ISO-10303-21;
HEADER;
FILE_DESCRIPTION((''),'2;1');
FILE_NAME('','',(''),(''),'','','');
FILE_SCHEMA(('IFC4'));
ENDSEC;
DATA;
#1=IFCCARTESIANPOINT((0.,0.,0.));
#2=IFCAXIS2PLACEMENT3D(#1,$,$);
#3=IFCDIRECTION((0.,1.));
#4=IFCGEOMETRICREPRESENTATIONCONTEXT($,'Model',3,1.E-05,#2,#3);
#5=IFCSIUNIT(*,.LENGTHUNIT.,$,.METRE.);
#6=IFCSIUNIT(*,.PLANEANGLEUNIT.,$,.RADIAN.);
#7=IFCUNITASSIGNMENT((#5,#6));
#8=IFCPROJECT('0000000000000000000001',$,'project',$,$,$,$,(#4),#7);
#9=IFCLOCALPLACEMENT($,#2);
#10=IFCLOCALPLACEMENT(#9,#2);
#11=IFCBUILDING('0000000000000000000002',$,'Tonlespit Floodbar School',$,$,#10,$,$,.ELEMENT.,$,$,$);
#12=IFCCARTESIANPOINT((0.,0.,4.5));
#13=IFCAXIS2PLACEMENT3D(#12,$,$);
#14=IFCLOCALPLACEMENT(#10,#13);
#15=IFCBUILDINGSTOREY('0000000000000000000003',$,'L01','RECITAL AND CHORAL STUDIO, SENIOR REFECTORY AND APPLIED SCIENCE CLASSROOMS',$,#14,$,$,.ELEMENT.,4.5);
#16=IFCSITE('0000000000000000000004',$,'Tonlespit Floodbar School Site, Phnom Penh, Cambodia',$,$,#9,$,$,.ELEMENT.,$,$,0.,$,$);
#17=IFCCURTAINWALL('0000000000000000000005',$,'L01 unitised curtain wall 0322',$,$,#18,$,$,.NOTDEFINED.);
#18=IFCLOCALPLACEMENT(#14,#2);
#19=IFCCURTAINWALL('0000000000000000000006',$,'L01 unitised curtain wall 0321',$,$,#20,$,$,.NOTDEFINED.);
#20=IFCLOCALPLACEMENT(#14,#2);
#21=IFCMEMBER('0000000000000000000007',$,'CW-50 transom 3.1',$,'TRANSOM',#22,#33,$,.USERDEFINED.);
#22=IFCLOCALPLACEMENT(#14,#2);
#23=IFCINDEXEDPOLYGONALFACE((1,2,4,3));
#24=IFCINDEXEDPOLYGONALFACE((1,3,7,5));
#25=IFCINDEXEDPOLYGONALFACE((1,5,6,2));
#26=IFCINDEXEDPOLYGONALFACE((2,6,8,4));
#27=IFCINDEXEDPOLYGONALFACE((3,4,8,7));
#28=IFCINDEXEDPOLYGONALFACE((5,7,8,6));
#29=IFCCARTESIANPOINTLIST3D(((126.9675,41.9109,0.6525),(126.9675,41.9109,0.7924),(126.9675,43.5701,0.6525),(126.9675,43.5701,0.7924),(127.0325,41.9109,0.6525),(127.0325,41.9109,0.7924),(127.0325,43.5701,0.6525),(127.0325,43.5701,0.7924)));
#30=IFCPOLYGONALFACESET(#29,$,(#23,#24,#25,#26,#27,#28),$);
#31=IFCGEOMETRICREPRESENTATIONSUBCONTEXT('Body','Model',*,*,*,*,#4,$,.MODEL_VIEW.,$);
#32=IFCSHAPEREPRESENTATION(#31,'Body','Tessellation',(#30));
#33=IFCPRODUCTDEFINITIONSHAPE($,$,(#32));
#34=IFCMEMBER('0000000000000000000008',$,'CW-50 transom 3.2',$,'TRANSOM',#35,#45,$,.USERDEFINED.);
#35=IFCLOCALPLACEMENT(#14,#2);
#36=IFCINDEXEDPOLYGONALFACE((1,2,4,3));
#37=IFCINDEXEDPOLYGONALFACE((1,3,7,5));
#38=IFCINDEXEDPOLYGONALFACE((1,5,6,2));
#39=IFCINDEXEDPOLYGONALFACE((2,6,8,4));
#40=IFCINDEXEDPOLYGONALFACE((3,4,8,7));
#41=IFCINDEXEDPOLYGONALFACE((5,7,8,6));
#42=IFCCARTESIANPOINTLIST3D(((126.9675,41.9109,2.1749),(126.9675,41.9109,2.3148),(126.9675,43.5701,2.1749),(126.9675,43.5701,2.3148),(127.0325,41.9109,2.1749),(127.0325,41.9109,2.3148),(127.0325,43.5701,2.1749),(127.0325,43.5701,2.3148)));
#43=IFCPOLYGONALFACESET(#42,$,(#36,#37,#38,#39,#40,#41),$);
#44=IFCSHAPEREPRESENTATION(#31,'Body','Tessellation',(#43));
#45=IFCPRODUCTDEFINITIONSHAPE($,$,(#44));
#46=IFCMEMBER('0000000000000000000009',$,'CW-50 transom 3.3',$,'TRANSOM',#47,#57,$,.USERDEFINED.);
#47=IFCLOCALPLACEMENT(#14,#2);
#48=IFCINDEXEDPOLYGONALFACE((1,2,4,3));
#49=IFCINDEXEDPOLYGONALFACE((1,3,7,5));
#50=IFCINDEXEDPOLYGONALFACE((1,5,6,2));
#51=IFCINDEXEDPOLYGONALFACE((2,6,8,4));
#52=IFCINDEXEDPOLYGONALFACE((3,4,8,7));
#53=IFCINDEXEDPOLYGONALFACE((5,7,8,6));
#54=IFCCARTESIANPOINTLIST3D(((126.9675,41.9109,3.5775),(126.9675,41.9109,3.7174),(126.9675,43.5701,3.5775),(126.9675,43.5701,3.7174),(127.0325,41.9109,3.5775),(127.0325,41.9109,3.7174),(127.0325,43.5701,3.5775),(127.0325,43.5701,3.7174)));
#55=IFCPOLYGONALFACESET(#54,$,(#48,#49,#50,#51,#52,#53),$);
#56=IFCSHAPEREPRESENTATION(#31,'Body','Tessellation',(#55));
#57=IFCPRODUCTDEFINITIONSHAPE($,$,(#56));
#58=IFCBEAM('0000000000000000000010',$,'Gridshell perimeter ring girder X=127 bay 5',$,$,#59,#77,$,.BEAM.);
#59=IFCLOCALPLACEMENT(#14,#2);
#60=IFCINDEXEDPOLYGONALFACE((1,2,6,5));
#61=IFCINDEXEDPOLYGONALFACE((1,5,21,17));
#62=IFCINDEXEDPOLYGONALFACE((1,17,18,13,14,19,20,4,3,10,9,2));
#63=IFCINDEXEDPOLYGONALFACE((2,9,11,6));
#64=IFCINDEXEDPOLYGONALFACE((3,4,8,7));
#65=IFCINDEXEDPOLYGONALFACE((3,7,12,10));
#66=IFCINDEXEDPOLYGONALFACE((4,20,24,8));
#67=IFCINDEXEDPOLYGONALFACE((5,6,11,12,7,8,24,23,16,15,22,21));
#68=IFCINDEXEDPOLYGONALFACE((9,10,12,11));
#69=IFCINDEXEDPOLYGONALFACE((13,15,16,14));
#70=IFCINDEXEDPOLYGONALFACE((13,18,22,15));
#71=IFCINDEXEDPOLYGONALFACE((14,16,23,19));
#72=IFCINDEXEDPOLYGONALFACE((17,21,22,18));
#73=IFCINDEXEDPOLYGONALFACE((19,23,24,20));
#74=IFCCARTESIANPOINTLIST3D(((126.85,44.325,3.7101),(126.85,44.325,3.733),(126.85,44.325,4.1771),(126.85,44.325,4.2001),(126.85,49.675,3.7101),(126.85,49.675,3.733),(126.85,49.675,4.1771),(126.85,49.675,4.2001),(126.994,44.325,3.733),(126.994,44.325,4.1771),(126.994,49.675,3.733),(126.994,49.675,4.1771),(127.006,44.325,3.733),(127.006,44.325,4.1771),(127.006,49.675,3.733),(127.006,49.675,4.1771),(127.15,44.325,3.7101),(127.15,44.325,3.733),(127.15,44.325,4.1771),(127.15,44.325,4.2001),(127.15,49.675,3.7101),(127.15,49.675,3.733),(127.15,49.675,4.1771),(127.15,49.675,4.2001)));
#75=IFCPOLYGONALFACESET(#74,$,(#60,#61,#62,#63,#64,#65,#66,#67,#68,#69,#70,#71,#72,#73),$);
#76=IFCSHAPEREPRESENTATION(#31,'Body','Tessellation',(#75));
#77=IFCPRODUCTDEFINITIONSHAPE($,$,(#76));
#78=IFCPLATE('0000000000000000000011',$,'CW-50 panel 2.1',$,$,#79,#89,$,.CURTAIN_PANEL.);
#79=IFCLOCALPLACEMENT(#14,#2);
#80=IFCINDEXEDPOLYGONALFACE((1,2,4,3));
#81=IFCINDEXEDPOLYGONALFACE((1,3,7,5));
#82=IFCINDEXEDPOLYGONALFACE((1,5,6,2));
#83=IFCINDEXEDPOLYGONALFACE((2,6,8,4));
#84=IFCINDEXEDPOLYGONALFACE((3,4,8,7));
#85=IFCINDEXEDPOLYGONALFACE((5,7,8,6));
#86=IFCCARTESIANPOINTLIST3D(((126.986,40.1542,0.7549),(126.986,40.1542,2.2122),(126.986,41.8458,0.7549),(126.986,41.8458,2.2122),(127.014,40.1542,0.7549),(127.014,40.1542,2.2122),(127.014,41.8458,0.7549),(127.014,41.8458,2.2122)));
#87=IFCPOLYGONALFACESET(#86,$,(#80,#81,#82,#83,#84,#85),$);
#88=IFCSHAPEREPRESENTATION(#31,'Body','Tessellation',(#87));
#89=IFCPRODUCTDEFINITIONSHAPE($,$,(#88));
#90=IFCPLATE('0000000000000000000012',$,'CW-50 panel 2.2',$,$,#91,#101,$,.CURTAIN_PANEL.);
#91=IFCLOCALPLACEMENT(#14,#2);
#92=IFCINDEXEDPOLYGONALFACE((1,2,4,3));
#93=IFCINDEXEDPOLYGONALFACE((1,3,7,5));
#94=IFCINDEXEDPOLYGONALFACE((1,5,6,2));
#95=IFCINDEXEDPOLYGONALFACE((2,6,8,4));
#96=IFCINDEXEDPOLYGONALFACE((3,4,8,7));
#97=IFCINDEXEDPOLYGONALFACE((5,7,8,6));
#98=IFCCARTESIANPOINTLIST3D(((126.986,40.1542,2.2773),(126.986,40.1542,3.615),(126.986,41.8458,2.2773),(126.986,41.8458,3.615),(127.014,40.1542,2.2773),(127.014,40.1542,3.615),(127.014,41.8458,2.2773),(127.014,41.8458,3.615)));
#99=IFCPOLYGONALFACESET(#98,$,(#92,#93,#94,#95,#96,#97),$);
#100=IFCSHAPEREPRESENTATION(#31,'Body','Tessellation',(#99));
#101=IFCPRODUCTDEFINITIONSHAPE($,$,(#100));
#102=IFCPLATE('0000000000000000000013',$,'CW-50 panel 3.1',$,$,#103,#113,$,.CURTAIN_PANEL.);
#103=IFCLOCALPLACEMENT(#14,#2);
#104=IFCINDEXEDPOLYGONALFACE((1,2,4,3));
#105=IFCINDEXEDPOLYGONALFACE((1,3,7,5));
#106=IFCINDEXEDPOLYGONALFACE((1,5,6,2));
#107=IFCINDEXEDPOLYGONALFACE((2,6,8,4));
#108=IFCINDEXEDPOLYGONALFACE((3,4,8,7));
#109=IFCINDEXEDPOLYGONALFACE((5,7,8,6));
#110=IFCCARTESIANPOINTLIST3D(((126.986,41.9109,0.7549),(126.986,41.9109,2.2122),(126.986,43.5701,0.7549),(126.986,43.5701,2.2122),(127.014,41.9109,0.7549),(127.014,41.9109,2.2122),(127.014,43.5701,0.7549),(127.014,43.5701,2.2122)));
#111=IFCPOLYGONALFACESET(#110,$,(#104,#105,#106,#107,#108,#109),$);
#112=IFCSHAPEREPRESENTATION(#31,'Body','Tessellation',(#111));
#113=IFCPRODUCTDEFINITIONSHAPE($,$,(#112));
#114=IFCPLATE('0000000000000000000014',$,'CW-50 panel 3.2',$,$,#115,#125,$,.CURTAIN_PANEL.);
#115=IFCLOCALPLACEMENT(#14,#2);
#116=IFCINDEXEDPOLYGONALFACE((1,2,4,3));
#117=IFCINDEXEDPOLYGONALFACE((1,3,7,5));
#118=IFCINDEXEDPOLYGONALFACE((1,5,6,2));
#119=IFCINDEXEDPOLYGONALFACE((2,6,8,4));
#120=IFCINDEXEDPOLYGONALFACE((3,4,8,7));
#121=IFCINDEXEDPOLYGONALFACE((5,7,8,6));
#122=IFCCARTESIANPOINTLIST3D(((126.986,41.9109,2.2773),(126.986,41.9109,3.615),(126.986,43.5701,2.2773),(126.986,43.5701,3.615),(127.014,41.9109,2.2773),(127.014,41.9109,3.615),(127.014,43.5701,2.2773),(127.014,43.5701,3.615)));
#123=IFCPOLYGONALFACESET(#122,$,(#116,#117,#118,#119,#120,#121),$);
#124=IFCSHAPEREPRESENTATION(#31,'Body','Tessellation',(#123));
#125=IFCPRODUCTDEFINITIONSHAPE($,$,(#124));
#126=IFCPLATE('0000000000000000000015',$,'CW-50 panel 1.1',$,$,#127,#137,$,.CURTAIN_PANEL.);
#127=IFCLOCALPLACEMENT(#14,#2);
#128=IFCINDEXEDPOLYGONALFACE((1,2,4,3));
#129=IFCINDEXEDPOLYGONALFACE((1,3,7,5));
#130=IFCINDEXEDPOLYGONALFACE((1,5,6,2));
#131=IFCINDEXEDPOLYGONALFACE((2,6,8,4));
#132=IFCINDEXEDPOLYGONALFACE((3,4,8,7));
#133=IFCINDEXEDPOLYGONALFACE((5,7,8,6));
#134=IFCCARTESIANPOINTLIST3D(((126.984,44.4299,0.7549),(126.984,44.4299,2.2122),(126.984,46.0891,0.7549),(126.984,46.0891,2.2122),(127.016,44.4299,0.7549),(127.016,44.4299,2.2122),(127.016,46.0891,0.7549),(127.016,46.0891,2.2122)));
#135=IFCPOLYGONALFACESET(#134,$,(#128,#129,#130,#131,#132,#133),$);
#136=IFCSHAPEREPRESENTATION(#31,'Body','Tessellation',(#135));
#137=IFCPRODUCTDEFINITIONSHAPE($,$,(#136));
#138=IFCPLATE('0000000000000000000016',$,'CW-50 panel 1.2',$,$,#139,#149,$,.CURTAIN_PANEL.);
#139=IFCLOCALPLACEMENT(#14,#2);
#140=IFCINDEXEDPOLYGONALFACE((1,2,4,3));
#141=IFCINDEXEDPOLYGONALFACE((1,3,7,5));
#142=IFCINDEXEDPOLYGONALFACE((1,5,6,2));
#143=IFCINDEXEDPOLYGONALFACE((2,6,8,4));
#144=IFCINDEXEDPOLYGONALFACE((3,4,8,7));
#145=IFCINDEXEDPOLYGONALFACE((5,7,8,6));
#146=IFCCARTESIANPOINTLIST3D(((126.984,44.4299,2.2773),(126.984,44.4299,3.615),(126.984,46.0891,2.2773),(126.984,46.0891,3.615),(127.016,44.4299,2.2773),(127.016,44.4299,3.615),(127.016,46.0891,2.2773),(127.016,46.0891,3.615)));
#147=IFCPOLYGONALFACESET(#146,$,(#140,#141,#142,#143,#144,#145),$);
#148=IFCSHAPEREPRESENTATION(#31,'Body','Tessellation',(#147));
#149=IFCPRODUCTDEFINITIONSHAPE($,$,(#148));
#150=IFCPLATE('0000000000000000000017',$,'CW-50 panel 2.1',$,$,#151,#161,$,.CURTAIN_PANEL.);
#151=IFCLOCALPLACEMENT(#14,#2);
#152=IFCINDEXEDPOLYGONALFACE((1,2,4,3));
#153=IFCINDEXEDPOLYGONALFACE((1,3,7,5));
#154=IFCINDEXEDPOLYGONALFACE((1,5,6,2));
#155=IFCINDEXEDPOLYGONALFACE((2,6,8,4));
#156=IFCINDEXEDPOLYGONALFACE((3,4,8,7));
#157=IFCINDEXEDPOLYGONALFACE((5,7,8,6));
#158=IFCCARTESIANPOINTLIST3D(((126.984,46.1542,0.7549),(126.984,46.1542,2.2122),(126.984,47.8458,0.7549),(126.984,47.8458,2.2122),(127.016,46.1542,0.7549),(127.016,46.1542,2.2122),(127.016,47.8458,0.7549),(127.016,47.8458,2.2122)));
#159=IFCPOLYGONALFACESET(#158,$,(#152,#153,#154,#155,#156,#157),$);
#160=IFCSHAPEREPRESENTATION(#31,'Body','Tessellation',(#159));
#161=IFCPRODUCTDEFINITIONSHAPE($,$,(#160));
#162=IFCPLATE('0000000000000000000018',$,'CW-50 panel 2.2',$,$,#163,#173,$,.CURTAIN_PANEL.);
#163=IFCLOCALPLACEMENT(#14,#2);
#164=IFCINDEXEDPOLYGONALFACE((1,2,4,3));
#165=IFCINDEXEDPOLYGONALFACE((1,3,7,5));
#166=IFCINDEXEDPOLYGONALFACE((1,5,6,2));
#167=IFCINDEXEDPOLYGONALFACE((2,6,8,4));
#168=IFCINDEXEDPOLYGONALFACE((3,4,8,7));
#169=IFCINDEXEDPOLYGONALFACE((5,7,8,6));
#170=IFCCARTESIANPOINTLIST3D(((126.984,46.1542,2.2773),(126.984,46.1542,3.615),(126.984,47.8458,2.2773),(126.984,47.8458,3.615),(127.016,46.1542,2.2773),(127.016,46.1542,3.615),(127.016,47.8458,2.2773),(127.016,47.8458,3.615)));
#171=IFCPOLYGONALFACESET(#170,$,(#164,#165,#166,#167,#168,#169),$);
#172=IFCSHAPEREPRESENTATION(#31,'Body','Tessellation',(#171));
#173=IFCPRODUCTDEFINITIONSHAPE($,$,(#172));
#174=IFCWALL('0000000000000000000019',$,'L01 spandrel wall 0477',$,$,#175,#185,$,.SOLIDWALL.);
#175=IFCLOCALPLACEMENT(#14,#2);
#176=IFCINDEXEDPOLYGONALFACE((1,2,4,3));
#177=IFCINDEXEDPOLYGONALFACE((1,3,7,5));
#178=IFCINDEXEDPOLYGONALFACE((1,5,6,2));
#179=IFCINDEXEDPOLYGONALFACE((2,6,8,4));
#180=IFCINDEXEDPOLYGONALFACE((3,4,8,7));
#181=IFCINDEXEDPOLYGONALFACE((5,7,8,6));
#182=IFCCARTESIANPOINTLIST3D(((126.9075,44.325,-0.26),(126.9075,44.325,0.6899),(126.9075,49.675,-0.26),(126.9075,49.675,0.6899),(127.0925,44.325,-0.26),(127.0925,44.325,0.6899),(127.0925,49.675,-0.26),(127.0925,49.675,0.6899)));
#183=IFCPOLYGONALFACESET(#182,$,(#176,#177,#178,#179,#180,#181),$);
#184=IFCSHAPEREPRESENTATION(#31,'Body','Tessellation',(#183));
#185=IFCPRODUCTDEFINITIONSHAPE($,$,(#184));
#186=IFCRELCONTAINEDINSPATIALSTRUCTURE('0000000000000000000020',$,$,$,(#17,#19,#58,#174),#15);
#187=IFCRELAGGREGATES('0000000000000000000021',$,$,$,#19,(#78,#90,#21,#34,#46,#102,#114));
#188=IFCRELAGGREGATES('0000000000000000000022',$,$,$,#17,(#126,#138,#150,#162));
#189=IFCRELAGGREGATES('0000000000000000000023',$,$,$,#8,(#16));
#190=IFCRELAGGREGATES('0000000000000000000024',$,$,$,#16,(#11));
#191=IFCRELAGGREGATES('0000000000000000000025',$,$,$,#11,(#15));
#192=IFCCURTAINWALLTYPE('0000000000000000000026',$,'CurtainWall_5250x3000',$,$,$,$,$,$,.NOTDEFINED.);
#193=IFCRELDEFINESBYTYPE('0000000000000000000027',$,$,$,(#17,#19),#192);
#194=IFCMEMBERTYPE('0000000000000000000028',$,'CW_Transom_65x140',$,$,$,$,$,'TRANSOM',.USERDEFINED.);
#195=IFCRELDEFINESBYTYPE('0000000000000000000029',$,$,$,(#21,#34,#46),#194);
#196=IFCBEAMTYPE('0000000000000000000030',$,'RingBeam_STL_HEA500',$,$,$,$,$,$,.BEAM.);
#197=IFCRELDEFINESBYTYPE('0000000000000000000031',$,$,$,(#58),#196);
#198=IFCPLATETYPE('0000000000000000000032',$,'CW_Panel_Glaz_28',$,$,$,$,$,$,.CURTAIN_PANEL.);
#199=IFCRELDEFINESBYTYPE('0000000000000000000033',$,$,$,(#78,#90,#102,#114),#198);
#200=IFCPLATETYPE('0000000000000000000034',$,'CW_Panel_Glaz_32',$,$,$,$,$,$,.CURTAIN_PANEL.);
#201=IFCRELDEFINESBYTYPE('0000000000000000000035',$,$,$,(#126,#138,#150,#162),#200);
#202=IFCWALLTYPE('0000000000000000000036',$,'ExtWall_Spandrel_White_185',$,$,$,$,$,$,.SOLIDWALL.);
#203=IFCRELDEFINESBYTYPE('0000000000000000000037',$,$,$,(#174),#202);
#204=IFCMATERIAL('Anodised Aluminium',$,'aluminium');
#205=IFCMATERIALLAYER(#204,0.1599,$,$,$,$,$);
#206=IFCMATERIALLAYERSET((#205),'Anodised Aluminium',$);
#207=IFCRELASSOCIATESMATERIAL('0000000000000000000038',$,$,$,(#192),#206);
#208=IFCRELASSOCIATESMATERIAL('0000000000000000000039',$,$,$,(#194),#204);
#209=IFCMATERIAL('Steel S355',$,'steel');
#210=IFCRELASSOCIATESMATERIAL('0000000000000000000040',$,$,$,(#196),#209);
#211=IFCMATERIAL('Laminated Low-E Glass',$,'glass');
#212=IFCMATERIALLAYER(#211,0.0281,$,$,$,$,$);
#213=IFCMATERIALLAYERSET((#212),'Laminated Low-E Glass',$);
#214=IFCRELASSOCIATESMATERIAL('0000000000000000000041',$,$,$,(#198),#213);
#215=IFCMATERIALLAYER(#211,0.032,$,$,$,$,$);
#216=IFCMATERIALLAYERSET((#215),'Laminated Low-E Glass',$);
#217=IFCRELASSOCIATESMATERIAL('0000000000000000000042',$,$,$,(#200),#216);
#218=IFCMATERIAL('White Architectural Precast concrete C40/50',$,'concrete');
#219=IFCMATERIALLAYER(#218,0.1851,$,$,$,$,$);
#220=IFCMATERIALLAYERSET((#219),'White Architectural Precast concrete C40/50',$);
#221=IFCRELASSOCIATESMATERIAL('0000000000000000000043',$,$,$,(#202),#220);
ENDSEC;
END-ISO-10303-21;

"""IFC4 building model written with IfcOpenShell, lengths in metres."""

from ifc_helpers import new_model, si_unit, direction, frame, frame_2d, origin, origin_2d, place, context, subcontext, project, spatial, rectangle, i_section, extrude, material, layer, layer_set, material_profile, profile_set, type_object, element, aggregate, save


model = new_model("IFC4")

# Units and contexts
model_context = context("Model", 3, precision=1e-05, world=origin(), true_north=direction((0.0, 1.0)))
body_context = subcontext(model_context, "Body", "Model", "MODEL_VIEW")
ifc_project = project(units=[si_unit("LENGTHUNIT", "METRE"), si_unit("PLANEANGLEUNIT", "RADIAN")], contexts=[model_context])

# Site, building, storey
site_placement = place(None, origin())
site = spatial("IfcSite", under=ifc_project, at=site_placement, Name="Tonlespit Floodbar School Site, Phnom Penh, Cambodia", CompositionType="ELEMENT", RefElevation=0.0)
building_placement = place(site_placement, origin())
building = spatial("IfcBuilding", under=site, at=building_placement, Name="Tonlespit Floodbar School", CompositionType="ELEMENT")
storey_placement = place(building_placement, frame((0.0, 0.0, 4.5)))
storey = spatial("IfcBuildingStorey", under=building, at=storey_placement, Name="L01", Description="RECITAL AND CHORAL STUDIO, SENIOR REFECTORY AND APPLIED SCIENCE CLASSROOMS", CompositionType="ELEMENT", Elevation=4.5)

# Curtain walls
ifc_material_1 = material(Name="Anodised Aluminium", Category="aluminium")
ifc_layer_1 = layer(ifc_material_1, 0.1599)
ifc_layer_set_1 = layer_set([ifc_layer_1], Name="Anodised Aluminium")
curtain_wall_type = type_object("IfcCurtainWallType", Name="CurtainWall_5250x3000", PredefinedType="NOTDEFINED", material=ifc_layer_set_1)
curtain_wall_1_placement = place(storey_placement, origin())
curtain_wall_1 = element("IfcCurtainWall", 1, at=curtain_wall_1_placement, inside=storey, type_object=curtain_wall_type, Name="L01 unitised curtain wall 0322", PredefinedType="NOTDEFINED")
curtain_wall_2_placement = place(storey_placement, origin())
curtain_wall_2 = element("IfcCurtainWall", 2, at=curtain_wall_2_placement, inside=storey, type_object=curtain_wall_type, Name="L01 unitised curtain wall 0321", PredefinedType="NOTDEFINED")

# Members
ifc_material_profile_1 = material_profile(ifc_material_1, rectangle(XDim=0.0649, YDim=0.1399, at=origin_2d()), Name="ALU T65x140")
ifc_profile_set_1 = profile_set([ifc_material_profile_1], Name="Anodised Aluminium")
member_type_1 = type_object("IfcMemberType", Name="CW_Transom_65x140", ElementType="TRANSOM", PredefinedType="USERDEFINED", material=ifc_profile_set_1)
member_1_placement = place(storey_placement, frame((127.0, 41.9109, 0.7224), z_axis=(0.0, 1.0, 0.0), x_axis=(-1.0, 0.0, 0.0)))
member_1 = element("IfcMember", 3, at=member_1_placement, type_object=member_type_1, Name="CW-50 transom 3.1", ObjectType="TRANSOM", PredefinedType="USERDEFINED", context=body_context, shape_type="SweptSolid", body=[
    extrude(rectangle(XDim=0.0649, YDim=0.1399, at=origin_2d()), origin(), (0.0, 0.0, 1.0), 1.6592),
])
member_2_placement = place(storey_placement, frame((127.0, 41.9109, 2.2449), z_axis=(0.0, 1.0, 0.0), x_axis=(-1.0, 0.0, 0.0)))
member_2 = element("IfcMember", 4, at=member_2_placement, type_object=member_type_1, Name="CW-50 transom 3.2", ObjectType="TRANSOM", PredefinedType="USERDEFINED", context=body_context, shape_type="SweptSolid", body=[
    extrude(rectangle(XDim=0.0649, YDim=0.1399, at=origin_2d()), origin(), (0.0, 0.0, 1.0), 1.6592),
])
member_3_placement = place(storey_placement, frame((127.0, 41.9109, 3.6475), z_axis=(0.0, 1.0, 0.0), x_axis=(-1.0, 0.0, 0.0)))
member_3 = element("IfcMember", 5, at=member_3_placement, type_object=member_type_1, Name="CW-50 transom 3.3", ObjectType="TRANSOM", PredefinedType="USERDEFINED", context=body_context, shape_type="SweptSolid", body=[
    extrude(rectangle(XDim=0.0649, YDim=0.1399, at=origin_2d()), origin(), (0.0, 0.0, 1.0), 1.6592),
])

# Beam
ifc_material_2 = material(Name="Steel S355", Category="steel")
ifc_material_profile_2 = material_profile(ifc_material_2, i_section(OverallWidth=0.3, OverallDepth=0.49, WebThickness=0.012, FlangeThickness=0.0229, at=origin_2d()), Name="HEA 500")
ifc_profile_set_2 = profile_set([ifc_material_profile_2], Name="Steel S355")
beam_type = type_object("IfcBeamType", Name="RingBeam_STL_HEA500", PredefinedType="BEAM", material=ifc_profile_set_2)
beam_placement = place(storey_placement, frame((127.0, 44.325, 3.9551), z_axis=(0.0, 1.0, 0.0), x_axis=(-1.0, 0.0, 0.0)))
element("IfcBeam", 6, at=beam_placement, inside=storey, type_object=beam_type, Name="Gridshell perimeter ring girder X=127 bay 5", PredefinedType="BEAM", context=body_context, shape_type="SweptSolid", body=[
    extrude(i_section(OverallWidth=0.3, OverallDepth=0.49, WebThickness=0.012, FlangeThickness=0.0229, at=origin_2d()), origin(), (0.0, 0.0, 1.0), 5.3501),
])

# Plates
ifc_material_3 = material(Name="Laminated Low-E Glass", Category="glass")
ifc_layer_2 = layer(ifc_material_3, 0.0281)
ifc_layer_set_2 = layer_set([ifc_layer_2], Name="Laminated Low-E Glass")
plate_type_1 = type_object("IfcPlateType", Name="CW_Panel_Glaz_28", PredefinedType="CURTAIN_PANEL", material=ifc_layer_set_2)
plate_1_placement = place(storey_placement, frame((127.0, 41.0, 0.7549), z_axis=(0.0, 0.0, 1.0), x_axis=(0.0, 1.0, 0.0)))
plate_1 = element("IfcPlate", 7, at=plate_1_placement, type_object=plate_type_1, Name="CW-50 panel 2.1", PredefinedType="CURTAIN_PANEL", context=body_context, shape_type="SweptSolid", body=[
    extrude(rectangle(XDim=1.6917, YDim=0.0281, at=origin_2d()), origin(), (0.0, 0.0, 1.0), 1.4573),
])
plate_2_placement = place(storey_placement, frame((127.0, 41.0, 2.2773), z_axis=(0.0, 0.0, 1.0), x_axis=(0.0, 1.0, 0.0)))
plate_2 = element("IfcPlate", 8, at=plate_2_placement, type_object=plate_type_1, Name="CW-50 panel 2.2", PredefinedType="CURTAIN_PANEL", context=body_context, shape_type="SweptSolid", body=[
    extrude(rectangle(XDim=1.6917, YDim=0.0281, at=origin_2d()), origin(), (0.0, 0.0, 1.0), 1.3376),
])
plate_3_placement = place(storey_placement, frame((127.0, 42.7405, 0.7549), z_axis=(0.0, 0.0, 1.0), x_axis=(0.0, 1.0, 0.0)))
plate_3 = element("IfcPlate", 9, at=plate_3_placement, type_object=plate_type_1, Name="CW-50 panel 3.1", PredefinedType="CURTAIN_PANEL", context=body_context, shape_type="SweptSolid", body=[
    extrude(rectangle(XDim=1.6592, YDim=0.0281, at=origin_2d()), origin(), (0.0, 0.0, 1.0), 1.4573),
])
plate_4_placement = place(storey_placement, frame((127.0, 42.7405, 2.2773), z_axis=(0.0, 0.0, 1.0), x_axis=(0.0, 1.0, 0.0)))
plate_4 = element("IfcPlate", 10, at=plate_4_placement, type_object=plate_type_1, Name="CW-50 panel 3.2", PredefinedType="CURTAIN_PANEL", context=body_context, shape_type="SweptSolid", body=[
    extrude(rectangle(XDim=1.6592, YDim=0.0281, at=origin_2d()), origin(), (0.0, 0.0, 1.0), 1.3376),
])
aggregate(curtain_wall_2, [plate_1, plate_2, member_1, member_2, member_3, plate_3, plate_4])
ifc_layer_3 = layer(ifc_material_3, 0.032)
ifc_layer_set_3 = layer_set([ifc_layer_3], Name="Laminated Low-E Glass")
plate_type_2 = type_object("IfcPlateType", Name="CW_Panel_Glaz_32", PredefinedType="CURTAIN_PANEL", material=ifc_layer_set_3)
plate_5_placement = place(storey_placement, frame((127.0, 45.2595, 0.7549), z_axis=(0.0, 0.0, 1.0), x_axis=(0.0, 1.0, 0.0)))
plate_5 = element("IfcPlate", 11, at=plate_5_placement, type_object=plate_type_2, Name="CW-50 panel 1.1", PredefinedType="CURTAIN_PANEL", context=body_context, shape_type="SweptSolid", body=[
    extrude(rectangle(XDim=1.6592, YDim=0.032, at=origin_2d()), origin(), (0.0, 0.0, 1.0), 1.4573),
])
plate_6_placement = place(storey_placement, frame((127.0, 45.2595, 2.2773), z_axis=(0.0, 0.0, 1.0), x_axis=(0.0, 1.0, 0.0)))
plate_6 = element("IfcPlate", 12, at=plate_6_placement, type_object=plate_type_2, Name="CW-50 panel 1.2", PredefinedType="CURTAIN_PANEL", context=body_context, shape_type="SweptSolid", body=[
    extrude(rectangle(XDim=1.6592, YDim=0.032, at=origin_2d()), origin(), (0.0, 0.0, 1.0), 1.3376),
])
plate_7_placement = place(storey_placement, frame((127.0, 47.0, 0.7549), z_axis=(0.0, 0.0, 1.0), x_axis=(0.0, 1.0, 0.0)))
plate_7 = element("IfcPlate", 13, at=plate_7_placement, type_object=plate_type_2, Name="CW-50 panel 2.1", PredefinedType="CURTAIN_PANEL", context=body_context, shape_type="SweptSolid", body=[
    extrude(rectangle(XDim=1.6917, YDim=0.032, at=origin_2d()), origin(), (0.0, 0.0, 1.0), 1.4573),
])
plate_8_placement = place(storey_placement, frame((127.0, 47.0, 2.2773), z_axis=(0.0, 0.0, 1.0), x_axis=(0.0, 1.0, 0.0)))
plate_8 = element("IfcPlate", 14, at=plate_8_placement, type_object=plate_type_2, Name="CW-50 panel 2.2", PredefinedType="CURTAIN_PANEL", context=body_context, shape_type="SweptSolid", body=[
    extrude(rectangle(XDim=1.6917, YDim=0.032, at=origin_2d()), origin(), (0.0, 0.0, 1.0), 1.3376),
])
aggregate(curtain_wall_1, [plate_5, plate_6, plate_7, plate_8])

# Wall
ifc_material_4 = material(Name="White Architectural Precast concrete C40/50", Category="concrete")
ifc_layer_4 = layer(ifc_material_4, 0.1851)
ifc_layer_set_4 = layer_set([ifc_layer_4], Name="White Architectural Precast concrete C40/50")
wall_type = type_object("IfcWallType", Name="ExtWall_Spandrel_White_185", PredefinedType="SOLIDWALL", material=ifc_layer_set_4)
wall_placement = place(storey_placement, frame((127.0, 44.325, -0.26), z_axis=(0.0, 0.0, 1.0), x_axis=(0.0, 1.0, 0.0)))
element("IfcWall", 15, at=wall_placement, inside=storey, type_object=wall_type, Name="L01 spandrel wall 0477", PredefinedType="SOLIDWALL", context=body_context, shape_type="SweptSolid", body=[
    extrude(rectangle(XDim=5.3501, YDim=0.1851, at=frame_2d((2.675, 0.0))), origin(), (0.0, 0.0, 1.0), 0.95),
])

save(model, "model.ifc")
